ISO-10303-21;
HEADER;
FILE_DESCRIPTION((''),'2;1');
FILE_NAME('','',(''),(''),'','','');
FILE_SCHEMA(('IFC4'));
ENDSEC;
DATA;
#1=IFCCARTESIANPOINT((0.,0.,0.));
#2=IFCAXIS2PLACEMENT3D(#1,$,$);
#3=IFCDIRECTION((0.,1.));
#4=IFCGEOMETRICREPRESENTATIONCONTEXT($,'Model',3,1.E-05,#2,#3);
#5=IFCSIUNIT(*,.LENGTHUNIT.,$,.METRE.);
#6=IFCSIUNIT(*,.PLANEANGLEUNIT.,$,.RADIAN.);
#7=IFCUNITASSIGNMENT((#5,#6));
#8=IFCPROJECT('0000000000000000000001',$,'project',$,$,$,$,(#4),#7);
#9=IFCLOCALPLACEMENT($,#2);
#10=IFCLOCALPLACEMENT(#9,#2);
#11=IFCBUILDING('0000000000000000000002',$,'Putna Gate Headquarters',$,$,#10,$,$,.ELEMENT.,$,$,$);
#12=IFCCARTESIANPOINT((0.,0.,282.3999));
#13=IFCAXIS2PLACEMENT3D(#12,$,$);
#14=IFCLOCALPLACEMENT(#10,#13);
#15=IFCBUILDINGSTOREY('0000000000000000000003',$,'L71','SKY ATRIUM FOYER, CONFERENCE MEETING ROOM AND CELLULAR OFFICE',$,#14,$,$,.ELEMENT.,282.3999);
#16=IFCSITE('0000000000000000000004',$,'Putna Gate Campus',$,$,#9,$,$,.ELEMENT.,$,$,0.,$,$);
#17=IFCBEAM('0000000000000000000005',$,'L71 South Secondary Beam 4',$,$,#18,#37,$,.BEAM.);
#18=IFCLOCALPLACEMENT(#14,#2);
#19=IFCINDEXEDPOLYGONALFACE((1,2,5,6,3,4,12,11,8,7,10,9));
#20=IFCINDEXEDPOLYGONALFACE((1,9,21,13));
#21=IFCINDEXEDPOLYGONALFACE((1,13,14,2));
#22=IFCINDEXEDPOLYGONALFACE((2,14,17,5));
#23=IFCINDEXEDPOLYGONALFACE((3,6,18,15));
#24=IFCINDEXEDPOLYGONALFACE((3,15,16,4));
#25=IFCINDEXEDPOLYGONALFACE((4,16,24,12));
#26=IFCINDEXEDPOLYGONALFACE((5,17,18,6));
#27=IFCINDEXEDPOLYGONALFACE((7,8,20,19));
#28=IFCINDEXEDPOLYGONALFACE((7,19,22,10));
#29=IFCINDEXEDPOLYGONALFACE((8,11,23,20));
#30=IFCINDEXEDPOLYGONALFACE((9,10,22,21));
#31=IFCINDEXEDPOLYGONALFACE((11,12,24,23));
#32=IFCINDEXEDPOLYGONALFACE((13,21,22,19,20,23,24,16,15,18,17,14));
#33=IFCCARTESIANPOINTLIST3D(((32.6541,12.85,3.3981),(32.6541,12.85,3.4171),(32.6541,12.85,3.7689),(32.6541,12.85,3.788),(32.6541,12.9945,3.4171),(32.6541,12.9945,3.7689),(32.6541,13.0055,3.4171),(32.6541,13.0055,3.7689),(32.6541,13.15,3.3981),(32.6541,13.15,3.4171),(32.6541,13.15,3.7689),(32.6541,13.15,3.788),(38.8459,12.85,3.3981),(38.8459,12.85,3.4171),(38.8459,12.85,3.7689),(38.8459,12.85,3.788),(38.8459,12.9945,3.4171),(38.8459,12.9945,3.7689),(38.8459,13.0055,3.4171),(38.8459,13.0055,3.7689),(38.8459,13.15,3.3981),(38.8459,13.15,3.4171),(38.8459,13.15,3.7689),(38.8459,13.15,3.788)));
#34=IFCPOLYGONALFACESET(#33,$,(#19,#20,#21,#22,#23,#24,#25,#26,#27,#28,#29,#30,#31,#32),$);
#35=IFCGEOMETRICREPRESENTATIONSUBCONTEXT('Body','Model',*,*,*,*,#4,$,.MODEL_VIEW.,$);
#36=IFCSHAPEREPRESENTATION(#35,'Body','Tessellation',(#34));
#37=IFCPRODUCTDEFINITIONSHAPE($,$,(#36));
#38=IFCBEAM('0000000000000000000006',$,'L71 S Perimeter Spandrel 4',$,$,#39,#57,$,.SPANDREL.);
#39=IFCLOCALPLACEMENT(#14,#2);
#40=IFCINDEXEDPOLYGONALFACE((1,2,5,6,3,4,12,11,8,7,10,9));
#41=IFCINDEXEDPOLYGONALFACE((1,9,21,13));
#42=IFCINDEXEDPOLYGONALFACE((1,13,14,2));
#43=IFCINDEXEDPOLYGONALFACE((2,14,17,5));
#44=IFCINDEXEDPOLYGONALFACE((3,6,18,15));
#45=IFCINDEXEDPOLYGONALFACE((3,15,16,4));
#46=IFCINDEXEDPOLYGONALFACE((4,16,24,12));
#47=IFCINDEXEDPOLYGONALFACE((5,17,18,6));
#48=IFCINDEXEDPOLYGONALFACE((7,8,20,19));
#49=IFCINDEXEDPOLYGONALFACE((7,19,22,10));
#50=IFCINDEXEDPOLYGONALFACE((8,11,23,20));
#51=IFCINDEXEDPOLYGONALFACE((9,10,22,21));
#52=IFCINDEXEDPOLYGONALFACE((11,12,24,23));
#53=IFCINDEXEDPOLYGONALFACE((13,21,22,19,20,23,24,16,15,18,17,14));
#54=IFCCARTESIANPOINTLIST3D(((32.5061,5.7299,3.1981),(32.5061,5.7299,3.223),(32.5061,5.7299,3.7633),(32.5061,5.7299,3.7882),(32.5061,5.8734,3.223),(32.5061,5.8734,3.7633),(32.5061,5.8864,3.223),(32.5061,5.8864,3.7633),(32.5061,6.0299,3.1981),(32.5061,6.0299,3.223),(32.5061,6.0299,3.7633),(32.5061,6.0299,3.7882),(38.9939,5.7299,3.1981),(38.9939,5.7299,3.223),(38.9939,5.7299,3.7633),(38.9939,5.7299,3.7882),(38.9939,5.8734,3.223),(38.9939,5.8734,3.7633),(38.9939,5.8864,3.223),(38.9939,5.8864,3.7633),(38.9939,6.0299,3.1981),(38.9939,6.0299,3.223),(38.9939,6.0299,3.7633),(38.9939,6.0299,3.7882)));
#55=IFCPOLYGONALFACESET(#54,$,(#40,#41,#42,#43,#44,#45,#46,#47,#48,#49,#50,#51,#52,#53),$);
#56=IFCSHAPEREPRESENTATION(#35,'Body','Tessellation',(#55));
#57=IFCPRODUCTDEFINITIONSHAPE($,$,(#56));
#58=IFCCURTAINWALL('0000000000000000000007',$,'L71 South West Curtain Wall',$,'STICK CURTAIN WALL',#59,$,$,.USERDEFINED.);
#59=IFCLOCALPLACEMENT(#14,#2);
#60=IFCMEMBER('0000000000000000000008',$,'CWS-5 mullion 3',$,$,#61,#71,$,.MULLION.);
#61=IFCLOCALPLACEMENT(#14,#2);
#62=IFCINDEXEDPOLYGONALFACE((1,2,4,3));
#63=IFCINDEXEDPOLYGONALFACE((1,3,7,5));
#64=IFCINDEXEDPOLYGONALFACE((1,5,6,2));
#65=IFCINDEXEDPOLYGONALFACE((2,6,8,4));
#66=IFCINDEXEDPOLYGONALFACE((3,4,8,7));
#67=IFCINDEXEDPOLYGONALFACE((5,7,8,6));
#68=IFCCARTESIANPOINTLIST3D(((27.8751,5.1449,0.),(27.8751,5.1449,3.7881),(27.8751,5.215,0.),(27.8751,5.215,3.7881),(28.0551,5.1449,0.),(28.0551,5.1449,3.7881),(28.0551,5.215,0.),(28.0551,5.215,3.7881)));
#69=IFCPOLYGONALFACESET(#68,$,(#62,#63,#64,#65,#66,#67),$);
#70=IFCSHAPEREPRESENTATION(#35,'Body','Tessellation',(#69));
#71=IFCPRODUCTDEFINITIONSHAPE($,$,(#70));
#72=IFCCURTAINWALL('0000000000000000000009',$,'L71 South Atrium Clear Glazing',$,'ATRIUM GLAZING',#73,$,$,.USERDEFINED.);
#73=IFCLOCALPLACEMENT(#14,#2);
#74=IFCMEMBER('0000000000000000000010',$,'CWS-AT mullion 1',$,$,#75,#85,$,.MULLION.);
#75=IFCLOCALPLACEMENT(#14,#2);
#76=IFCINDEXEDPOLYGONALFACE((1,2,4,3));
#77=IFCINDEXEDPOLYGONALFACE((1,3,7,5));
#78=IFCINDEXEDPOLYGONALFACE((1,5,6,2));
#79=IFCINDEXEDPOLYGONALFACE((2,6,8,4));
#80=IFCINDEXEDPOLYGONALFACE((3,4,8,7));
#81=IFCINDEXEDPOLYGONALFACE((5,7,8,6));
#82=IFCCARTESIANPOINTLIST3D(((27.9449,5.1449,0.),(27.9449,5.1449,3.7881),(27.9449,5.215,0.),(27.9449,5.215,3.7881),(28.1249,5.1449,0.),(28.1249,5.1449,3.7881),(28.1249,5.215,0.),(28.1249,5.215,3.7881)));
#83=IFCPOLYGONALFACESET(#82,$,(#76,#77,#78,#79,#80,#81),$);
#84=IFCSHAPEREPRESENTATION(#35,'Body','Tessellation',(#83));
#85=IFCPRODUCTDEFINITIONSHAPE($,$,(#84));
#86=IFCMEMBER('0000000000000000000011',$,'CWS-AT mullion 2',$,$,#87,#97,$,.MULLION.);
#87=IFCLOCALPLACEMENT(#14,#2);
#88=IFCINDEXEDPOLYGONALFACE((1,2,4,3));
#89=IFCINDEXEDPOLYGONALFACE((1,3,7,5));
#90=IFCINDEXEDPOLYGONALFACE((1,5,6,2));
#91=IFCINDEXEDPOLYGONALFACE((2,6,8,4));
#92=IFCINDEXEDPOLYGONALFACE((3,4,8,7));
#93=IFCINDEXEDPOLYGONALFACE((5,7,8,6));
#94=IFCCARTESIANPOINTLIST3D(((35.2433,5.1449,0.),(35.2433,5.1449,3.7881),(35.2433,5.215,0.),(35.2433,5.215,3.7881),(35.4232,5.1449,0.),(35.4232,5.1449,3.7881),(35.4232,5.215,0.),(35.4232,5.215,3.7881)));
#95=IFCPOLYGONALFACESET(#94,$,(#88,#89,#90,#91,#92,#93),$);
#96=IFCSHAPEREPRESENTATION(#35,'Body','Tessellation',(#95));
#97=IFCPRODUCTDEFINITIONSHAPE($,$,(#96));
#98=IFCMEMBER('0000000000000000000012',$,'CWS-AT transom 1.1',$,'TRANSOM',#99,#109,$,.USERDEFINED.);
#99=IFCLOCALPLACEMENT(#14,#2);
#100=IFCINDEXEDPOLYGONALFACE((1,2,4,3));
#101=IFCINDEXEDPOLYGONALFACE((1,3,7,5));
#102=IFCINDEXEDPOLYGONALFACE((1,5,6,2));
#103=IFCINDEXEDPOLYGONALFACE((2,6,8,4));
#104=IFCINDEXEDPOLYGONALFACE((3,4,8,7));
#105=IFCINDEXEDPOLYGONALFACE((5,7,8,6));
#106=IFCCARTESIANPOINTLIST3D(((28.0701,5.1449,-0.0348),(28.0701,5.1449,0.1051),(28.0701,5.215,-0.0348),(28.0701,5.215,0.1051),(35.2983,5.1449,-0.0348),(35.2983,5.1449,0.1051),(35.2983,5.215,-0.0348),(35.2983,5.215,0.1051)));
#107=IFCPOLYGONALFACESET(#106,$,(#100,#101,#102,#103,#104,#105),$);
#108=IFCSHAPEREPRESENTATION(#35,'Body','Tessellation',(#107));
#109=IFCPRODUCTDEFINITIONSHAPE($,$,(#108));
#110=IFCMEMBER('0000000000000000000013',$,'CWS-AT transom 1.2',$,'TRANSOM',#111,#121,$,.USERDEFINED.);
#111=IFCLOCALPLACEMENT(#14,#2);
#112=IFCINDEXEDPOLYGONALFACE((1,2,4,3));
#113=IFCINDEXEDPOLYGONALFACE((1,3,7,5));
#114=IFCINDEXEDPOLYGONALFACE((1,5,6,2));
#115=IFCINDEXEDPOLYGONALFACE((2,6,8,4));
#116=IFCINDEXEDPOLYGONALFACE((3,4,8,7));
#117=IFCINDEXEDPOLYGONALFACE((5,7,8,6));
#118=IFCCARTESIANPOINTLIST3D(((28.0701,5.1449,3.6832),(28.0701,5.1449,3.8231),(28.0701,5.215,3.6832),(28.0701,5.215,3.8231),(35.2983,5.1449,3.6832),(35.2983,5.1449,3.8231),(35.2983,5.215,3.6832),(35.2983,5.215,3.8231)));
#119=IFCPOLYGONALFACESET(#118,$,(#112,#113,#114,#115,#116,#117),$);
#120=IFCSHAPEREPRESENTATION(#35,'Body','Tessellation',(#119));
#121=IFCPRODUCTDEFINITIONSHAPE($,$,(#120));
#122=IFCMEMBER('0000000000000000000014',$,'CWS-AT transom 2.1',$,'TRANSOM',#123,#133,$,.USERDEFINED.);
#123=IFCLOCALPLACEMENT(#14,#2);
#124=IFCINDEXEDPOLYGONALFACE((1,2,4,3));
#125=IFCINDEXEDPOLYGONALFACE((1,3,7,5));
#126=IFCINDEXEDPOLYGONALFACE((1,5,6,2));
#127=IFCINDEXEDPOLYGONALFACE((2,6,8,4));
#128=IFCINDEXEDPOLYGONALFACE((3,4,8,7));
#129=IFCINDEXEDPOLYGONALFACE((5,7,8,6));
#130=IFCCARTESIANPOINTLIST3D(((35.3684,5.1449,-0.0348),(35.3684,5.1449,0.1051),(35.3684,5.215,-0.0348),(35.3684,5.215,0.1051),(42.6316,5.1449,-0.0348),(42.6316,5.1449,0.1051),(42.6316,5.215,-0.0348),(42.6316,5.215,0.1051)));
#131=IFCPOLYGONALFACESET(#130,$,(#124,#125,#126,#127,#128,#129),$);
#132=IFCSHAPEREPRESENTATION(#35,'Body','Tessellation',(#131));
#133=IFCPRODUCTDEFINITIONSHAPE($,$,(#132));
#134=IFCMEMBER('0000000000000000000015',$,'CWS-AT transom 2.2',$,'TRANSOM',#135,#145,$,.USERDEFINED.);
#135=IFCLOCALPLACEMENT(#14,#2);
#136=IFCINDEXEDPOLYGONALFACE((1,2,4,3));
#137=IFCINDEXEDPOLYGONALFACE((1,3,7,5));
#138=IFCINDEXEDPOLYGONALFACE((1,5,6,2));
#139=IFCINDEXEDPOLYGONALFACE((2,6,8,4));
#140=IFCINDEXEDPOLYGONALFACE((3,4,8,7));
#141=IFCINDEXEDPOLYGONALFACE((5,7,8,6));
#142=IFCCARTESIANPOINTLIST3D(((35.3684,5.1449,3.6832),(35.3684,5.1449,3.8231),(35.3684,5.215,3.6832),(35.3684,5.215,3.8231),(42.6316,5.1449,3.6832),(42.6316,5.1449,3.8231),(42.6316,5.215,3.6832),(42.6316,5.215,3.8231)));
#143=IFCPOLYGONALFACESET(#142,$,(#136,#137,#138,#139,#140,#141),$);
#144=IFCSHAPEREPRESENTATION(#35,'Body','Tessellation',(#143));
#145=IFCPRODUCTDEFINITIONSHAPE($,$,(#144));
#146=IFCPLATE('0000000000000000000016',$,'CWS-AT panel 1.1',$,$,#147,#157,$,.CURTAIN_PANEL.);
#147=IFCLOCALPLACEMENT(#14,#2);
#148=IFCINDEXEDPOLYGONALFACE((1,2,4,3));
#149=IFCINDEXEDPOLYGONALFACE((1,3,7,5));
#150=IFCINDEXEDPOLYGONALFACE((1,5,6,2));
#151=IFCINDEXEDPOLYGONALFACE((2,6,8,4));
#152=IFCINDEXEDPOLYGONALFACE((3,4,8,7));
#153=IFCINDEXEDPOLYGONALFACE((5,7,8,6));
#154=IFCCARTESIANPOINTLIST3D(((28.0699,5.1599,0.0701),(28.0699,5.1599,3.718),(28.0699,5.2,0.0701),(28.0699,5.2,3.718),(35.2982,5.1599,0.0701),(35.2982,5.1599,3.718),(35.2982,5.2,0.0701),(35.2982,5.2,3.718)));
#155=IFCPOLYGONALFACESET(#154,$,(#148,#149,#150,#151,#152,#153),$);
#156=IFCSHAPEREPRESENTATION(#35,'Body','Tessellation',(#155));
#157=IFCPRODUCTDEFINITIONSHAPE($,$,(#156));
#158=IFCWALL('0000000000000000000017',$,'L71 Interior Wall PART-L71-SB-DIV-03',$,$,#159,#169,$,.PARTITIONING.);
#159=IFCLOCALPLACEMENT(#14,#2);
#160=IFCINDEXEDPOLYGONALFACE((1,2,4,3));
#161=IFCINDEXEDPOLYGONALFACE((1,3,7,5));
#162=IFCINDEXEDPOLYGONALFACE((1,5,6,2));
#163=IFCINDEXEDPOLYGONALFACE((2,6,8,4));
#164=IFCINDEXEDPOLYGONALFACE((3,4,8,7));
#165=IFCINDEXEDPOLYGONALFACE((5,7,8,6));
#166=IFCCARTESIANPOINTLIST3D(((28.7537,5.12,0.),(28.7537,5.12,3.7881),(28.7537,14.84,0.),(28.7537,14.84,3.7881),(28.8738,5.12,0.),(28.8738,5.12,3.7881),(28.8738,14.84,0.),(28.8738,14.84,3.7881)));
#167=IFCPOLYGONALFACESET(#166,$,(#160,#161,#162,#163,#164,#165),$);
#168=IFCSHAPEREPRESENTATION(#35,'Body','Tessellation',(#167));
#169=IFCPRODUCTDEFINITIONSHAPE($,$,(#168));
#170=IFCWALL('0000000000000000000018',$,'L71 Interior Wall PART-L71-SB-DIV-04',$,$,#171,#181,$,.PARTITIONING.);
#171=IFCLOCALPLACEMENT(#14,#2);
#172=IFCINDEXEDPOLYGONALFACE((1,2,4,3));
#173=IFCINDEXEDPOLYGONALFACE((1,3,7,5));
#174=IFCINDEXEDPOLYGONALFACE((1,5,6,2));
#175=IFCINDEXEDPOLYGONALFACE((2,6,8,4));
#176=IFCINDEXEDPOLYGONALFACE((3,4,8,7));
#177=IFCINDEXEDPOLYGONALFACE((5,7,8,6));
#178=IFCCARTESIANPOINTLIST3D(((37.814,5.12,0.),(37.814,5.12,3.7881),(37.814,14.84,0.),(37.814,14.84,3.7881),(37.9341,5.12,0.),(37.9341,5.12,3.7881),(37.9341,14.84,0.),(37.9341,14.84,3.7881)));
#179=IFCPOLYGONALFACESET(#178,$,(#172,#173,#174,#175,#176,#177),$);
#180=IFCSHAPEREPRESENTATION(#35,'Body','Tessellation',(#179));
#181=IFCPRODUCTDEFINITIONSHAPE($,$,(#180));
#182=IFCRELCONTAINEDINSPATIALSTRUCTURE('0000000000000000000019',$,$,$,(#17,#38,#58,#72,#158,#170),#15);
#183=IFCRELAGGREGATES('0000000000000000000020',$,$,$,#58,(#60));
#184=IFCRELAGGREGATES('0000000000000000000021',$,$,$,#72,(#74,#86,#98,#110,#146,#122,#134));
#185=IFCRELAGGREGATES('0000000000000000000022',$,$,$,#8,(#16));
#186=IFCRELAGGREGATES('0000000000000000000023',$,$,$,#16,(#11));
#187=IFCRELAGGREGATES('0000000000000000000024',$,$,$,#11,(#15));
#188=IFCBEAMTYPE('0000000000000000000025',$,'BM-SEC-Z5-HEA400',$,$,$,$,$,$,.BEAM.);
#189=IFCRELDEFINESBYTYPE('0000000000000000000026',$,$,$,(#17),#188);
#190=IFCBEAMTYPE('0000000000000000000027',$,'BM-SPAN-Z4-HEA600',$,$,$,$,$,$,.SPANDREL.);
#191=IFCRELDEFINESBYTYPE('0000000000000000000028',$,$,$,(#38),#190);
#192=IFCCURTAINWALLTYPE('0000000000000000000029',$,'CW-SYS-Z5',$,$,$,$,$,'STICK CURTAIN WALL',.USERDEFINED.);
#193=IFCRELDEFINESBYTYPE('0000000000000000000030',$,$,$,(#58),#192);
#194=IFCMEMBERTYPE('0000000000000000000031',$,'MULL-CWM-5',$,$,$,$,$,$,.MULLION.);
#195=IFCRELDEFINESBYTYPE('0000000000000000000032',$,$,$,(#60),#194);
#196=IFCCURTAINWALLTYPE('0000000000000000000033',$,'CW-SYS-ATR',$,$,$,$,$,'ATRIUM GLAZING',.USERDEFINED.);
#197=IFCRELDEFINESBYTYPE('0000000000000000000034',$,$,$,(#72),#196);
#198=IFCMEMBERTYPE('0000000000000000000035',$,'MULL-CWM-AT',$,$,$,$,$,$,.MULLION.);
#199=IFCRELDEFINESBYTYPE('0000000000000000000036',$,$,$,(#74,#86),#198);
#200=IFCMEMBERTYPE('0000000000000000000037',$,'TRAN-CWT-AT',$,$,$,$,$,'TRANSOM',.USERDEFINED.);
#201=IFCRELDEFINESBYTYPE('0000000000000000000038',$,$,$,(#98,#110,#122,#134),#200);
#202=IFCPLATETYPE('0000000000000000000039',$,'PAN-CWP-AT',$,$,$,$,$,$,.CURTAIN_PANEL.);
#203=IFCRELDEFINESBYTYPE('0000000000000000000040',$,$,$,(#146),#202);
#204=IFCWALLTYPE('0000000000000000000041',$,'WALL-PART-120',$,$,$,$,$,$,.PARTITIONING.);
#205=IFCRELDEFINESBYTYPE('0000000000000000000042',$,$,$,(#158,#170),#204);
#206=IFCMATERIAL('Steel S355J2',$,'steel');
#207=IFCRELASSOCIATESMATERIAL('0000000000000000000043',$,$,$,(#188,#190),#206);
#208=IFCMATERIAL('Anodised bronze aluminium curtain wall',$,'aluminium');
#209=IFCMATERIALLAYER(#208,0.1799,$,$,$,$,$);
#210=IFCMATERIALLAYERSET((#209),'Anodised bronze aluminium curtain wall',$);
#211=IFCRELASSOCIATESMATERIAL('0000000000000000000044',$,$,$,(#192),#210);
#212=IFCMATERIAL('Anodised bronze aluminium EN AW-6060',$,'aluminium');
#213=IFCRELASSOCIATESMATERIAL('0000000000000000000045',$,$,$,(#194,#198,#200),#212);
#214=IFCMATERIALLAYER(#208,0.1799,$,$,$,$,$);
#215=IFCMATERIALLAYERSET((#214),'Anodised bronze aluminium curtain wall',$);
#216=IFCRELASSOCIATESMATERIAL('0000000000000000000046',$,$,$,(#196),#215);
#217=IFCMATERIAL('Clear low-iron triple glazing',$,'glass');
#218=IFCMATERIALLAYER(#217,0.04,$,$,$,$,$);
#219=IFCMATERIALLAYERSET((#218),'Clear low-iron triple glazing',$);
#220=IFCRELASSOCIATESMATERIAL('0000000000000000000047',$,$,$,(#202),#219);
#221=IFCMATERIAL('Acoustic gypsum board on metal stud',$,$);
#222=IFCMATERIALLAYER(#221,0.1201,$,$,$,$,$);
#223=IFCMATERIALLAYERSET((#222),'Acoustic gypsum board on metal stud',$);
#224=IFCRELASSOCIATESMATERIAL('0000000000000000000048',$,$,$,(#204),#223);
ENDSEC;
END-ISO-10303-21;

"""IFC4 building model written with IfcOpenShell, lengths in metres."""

from ifc_helpers import new_model, si_unit, direction, frame, frame_2d, origin, origin_2d, place, context, subcontext, project, spatial, rectangle, i_section, extrude, material, layer, layer_set, material_profile, profile_set, type_object, element, aggregate, save


model = new_model("IFC4")

# Units and contexts
model_context = context("Model", 3, precision=1e-05, world=origin(), true_north=direction((0.0, 1.0)))
body_context = subcontext(model_context, "Body", "Model", "MODEL_VIEW")
ifc_project = project(units=[si_unit("LENGTHUNIT", "METRE"), si_unit("PLANEANGLEUNIT", "RADIAN")], contexts=[model_context])

# Site, building, storey
site_placement = place(None, origin())
site = spatial("IfcSite", under=ifc_project, at=site_placement, Name="Putna Gate Campus", CompositionType="ELEMENT", RefElevation=0.0)
building_placement = place(site_placement, origin())
building = spatial("IfcBuilding", under=site, at=building_placement, Name="Putna Gate Headquarters", CompositionType="ELEMENT")
storey_placement = place(building_placement, frame((0.0, 0.0, 282.3999)))
storey = spatial("IfcBuildingStorey", under=building, at=storey_placement, Name="L71", Description="SKY ATRIUM FOYER, CONFERENCE MEETING ROOM AND CELLULAR OFFICE", CompositionType="ELEMENT", Elevation=282.3999)

# Beams
ifc_material_1 = material(Name="Steel S355J2", Category="steel")
ifc_material_profile_1 = material_profile(ifc_material_1, i_section(OverallWidth=0.3, OverallDepth=0.3899, WebThickness=0.011, FlangeThickness=0.019, at=origin_2d()), Name="Steel S355J2")
ifc_profile_set_1 = profile_set([ifc_material_profile_1], Name="Steel S355J2")
beam_type_1 = type_object("IfcBeamType", Name="BM-SEC-Z5-HEA400", PredefinedType="BEAM", material=ifc_profile_set_1)
beam_1_placement = place(storey_placement, frame((32.6541, 13.0, 3.593), z_axis=(1.0, 0.0, 0.0), x_axis=(0.0, 1.0, 0.0)))
element("IfcBeam", 1, at=beam_1_placement, inside=storey, type_object=beam_type_1, Name="L71 South Secondary Beam 4", PredefinedType="BEAM", context=body_context, shape_type="SweptSolid", body=[
    extrude(i_section(OverallWidth=0.3, OverallDepth=0.3899, WebThickness=0.011, FlangeThickness=0.019, at=origin_2d()), origin(), (0.0, 0.0, 1.0), 6.1919),
])
ifc_material_profile_2 = material_profile(ifc_material_1, i_section(OverallWidth=0.3, OverallDepth=0.5901, WebThickness=0.0129, FlangeThickness=0.0249, at=origin_2d()), Name="Steel S355J2")
ifc_profile_set_2 = profile_set([ifc_material_profile_2], Name="Steel S355J2")
beam_type_2 = type_object("IfcBeamType", Name="BM-SPAN-Z4-HEA600", PredefinedType="SPANDREL", material=ifc_profile_set_2)
beam_2_placement = place(storey_placement, frame((32.5061, 5.8799, 3.4932), z_axis=(1.0, 0.0, 0.0), x_axis=(0.0, 1.0, 0.0)))
element("IfcBeam", 2, at=beam_2_placement, inside=storey, type_object=beam_type_2, Name="L71 S Perimeter Spandrel 4", PredefinedType="SPANDREL", context=body_context, shape_type="SweptSolid", body=[
    extrude(i_section(OverallWidth=0.3, OverallDepth=0.5901, WebThickness=0.0129, FlangeThickness=0.0249, at=origin_2d()), origin(), (0.0, 0.0, 1.0), 6.4878),
])

# Curtain wall, member
ifc_material_2 = material(Name="Anodised bronze aluminium curtain wall", Category="aluminium")
ifc_layer_1 = layer(ifc_material_2, 0.1799)
ifc_layer_set_1 = layer_set([ifc_layer_1], Name="Anodised bronze aluminium curtain wall")
curtain_wall_type_1 = type_object("IfcCurtainWallType", Name="CW-SYS-Z5", ElementType="STICK CURTAIN WALL", PredefinedType="USERDEFINED", material=ifc_layer_set_1)
curtain_wall_1_placement = place(storey_placement, origin())
curtain_wall_1 = element("IfcCurtainWall", 3, at=curtain_wall_1_placement, inside=storey, type_object=curtain_wall_type_1, Name="L71 South West Curtain Wall", ObjectType="STICK CURTAIN WALL", PredefinedType="USERDEFINED")
ifc_material_3 = material(Name="Anodised bronze aluminium EN AW-6060", Category="aluminium")
ifc_material_profile_3 = material_profile(ifc_material_3, rectangle(XDim=0.0701, YDim=0.1799, at=origin_2d()), Name="Anodised bronze aluminium EN AW-6060")
ifc_profile_set_3 = profile_set([ifc_material_profile_3], Name="Anodised bronze aluminium EN AW-6060")
member_type_1 = type_object("IfcMemberType", Name="MULL-CWM-5", PredefinedType="MULLION", material=ifc_profile_set_3)
member_1_placement = place(storey_placement, frame((27.9651, 5.1799, 0.0), z_axis=(0.0, 0.0, 1.0), x_axis=(0.0, 1.0, 0.0)))
member_1 = element("IfcMember", 4, at=member_1_placement, type_object=member_type_1, Name="CWS-5 mullion 3", PredefinedType="MULLION", context=body_context, shape_type="SweptSolid", body=[
    extrude(rectangle(XDim=0.0701, YDim=0.1799, at=origin_2d()), origin(), (0.0, 0.0, 1.0), 3.7881),
])
aggregate(curtain_wall_1, [member_1])

# Curtain wall, members, plate
ifc_layer_2 = layer(ifc_material_2, 0.1799)
ifc_layer_set_2 = layer_set([ifc_layer_2], Name="Anodised bronze aluminium curtain wall")
curtain_wall_type_2 = type_object("IfcCurtainWallType", Name="CW-SYS-ATR", ElementType="ATRIUM GLAZING", PredefinedType="USERDEFINED", material=ifc_layer_set_2)
curtain_wall_2_placement = place(storey_placement, origin())
curtain_wall_2 = element("IfcCurtainWall", 5, at=curtain_wall_2_placement, inside=storey, type_object=curtain_wall_type_2, Name="L71 South Atrium Clear Glazing", ObjectType="ATRIUM GLAZING", PredefinedType="USERDEFINED")
ifc_material_profile_4 = material_profile(ifc_material_3, rectangle(XDim=0.0701, YDim=0.1799, at=origin_2d()), Name="Anodised bronze aluminium EN AW-6060")
ifc_profile_set_4 = profile_set([ifc_material_profile_4], Name="Anodised bronze aluminium EN AW-6060")
member_type_2 = type_object("IfcMemberType", Name="MULL-CWM-AT", PredefinedType="MULLION", material=ifc_profile_set_4)
member_2_placement = place(storey_placement, frame((28.0349, 5.1799, 0.0), z_axis=(0.0, 0.0, 1.0), x_axis=(0.0, 1.0, 0.0)))
member_2 = element("IfcMember", 6, at=member_2_placement, type_object=member_type_2, Name="CWS-AT mullion 1", PredefinedType="MULLION", context=body_context, shape_type="SweptSolid", body=[
    extrude(rectangle(XDim=0.0701, YDim=0.1799, at=origin_2d()), origin(), (0.0, 0.0, 1.0), 3.7881),
])
member_3_placement = place(storey_placement, frame((35.3333, 5.1799, 0.0), z_axis=(0.0, 0.0, 1.0), x_axis=(0.0, 1.0, 0.0)))
member_3 = element("IfcMember", 7, at=member_3_placement, type_object=member_type_2, Name="CWS-AT mullion 2", PredefinedType="MULLION", context=body_context, shape_type="SweptSolid", body=[
    extrude(rectangle(XDim=0.0701, YDim=0.1799, at=origin_2d()), origin(), (0.0, 0.0, 1.0), 3.7881),
])
ifc_material_profile_5 = material_profile(ifc_material_3, rectangle(XDim=0.0701, YDim=0.1399, at=origin_2d()), Name="Anodised bronze aluminium EN AW-6060")
ifc_profile_set_5 = profile_set([ifc_material_profile_5], Name="Anodised bronze aluminium EN AW-6060")
member_type_3 = type_object("IfcMemberType", Name="TRAN-CWT-AT", ElementType="TRANSOM", PredefinedType="USERDEFINED", material=ifc_profile_set_5)
member_4_placement = place(storey_placement, frame((28.0701, 5.1799, 0.0352), z_axis=(1.0, 0.0, 0.0), x_axis=(0.0, 1.0, 0.0)))
member_4 = element("IfcMember", 8, at=member_4_placement, type_object=member_type_3, Name="CWS-AT transom 1.1", ObjectType="TRANSOM", PredefinedType="USERDEFINED", context=body_context, shape_type="SweptSolid", body=[
    extrude(rectangle(XDim=0.0701, YDim=0.1399, at=origin_2d()), origin(), (0.0, 0.0, 1.0), 7.2283),
])
member_5_placement = place(storey_placement, frame((28.0701, 5.1799, 3.7532), z_axis=(1.0, 0.0, 0.0), x_axis=(0.0, 1.0, 0.0)))
member_5 = element("IfcMember", 9, at=member_5_placement, type_object=member_type_3, Name="CWS-AT transom 1.2", ObjectType="TRANSOM", PredefinedType="USERDEFINED", context=body_context, shape_type="SweptSolid", body=[
    extrude(rectangle(XDim=0.0701, YDim=0.1399, at=origin_2d()), origin(), (0.0, 0.0, 1.0), 7.2283),
])
member_6_placement = place(storey_placement, frame((35.3684, 5.1799, 0.0352), z_axis=(1.0, 0.0, 0.0), x_axis=(0.0, 1.0, 0.0)))
member_6 = element("IfcMember", 10, at=member_6_placement, type_object=member_type_3, Name="CWS-AT transom 2.1", ObjectType="TRANSOM", PredefinedType="USERDEFINED", context=body_context, shape_type="SweptSolid", body=[
    extrude(rectangle(XDim=0.0701, YDim=0.1399, at=origin_2d()), origin(), (0.0, 0.0, 1.0), 7.2632),
])
member_7_placement = place(storey_placement, frame((35.3684, 5.1799, 3.7532), z_axis=(1.0, 0.0, 0.0), x_axis=(0.0, 1.0, 0.0)))
member_7 = element("IfcMember", 11, at=member_7_placement, type_object=member_type_3, Name="CWS-AT transom 2.2", ObjectType="TRANSOM", PredefinedType="USERDEFINED", context=body_context, shape_type="SweptSolid", body=[
    extrude(rectangle(XDim=0.0701, YDim=0.1399, at=origin_2d()), origin(), (0.0, 0.0, 1.0), 7.2632),
])
ifc_material_4 = material(Name="Clear low-iron triple glazing", Category="glass")
ifc_layer_3 = layer(ifc_material_4, 0.04)
ifc_layer_set_3 = layer_set([ifc_layer_3], Name="Clear low-iron triple glazing")
plate_type = type_object("IfcPlateType", Name="PAN-CWP-AT", PredefinedType="CURTAIN_PANEL", material=ifc_layer_set_3)
plate_placement = place(storey_placement, frame((31.6841, 5.1799, 0.0701), z_axis=(0.0, 0.0, 1.0), x_axis=(1.0, 0.0, 0.0)))
plate = element("IfcPlate", 12, at=plate_placement, type_object=plate_type, Name="CWS-AT panel 1.1", PredefinedType="CURTAIN_PANEL", context=body_context, shape_type="SweptSolid", body=[
    extrude(rectangle(XDim=7.2283, YDim=0.04, at=origin_2d()), origin(), (0.0, 0.0, 1.0), 3.6479),
])
aggregate(curtain_wall_2, [member_2, member_3, member_4, member_5, plate, member_6, member_7])

# Walls
ifc_material_5 = material(Name="Acoustic gypsum board on metal stud")
ifc_layer_4 = layer(ifc_material_5, 0.1201)
ifc_layer_set_4 = layer_set([ifc_layer_4], Name="Acoustic gypsum board on metal stud")
wall_type_1 = type_object("IfcWallType", Name="WALL-PART-120", PredefinedType="PARTITIONING", material=ifc_layer_set_4)
for number, where, z_axis, x_axis, name in (
    (13, (28.8137, 5.1201, 0.0), (0.0, 0.0, 1.0), (0.0, 1.0, 0.0), "L71 Interior Wall PART-L71-SB-DIV-03"),
    (14, (37.874, 5.1201, 0.0), (0.0, 0.0, 1.0), (0.0, 1.0, 0.0), "L71 Interior Wall PART-L71-SB-DIV-04"),
):
    element("IfcWall", number, at=place(storey_placement, frame(where, z_axis=z_axis, x_axis=x_axis)), inside=storey, type_object=wall_type_1, Name=name, PredefinedType="PARTITIONING", context=body_context, shape_type="SweptSolid", body=[
        extrude(rectangle(XDim=9.72, YDim=0.1201, at=frame_2d((4.8599, 0.0))), origin(), (0.0, 0.0, 1.0), 3.7881),
    ])

save(model, "model.ifc")
